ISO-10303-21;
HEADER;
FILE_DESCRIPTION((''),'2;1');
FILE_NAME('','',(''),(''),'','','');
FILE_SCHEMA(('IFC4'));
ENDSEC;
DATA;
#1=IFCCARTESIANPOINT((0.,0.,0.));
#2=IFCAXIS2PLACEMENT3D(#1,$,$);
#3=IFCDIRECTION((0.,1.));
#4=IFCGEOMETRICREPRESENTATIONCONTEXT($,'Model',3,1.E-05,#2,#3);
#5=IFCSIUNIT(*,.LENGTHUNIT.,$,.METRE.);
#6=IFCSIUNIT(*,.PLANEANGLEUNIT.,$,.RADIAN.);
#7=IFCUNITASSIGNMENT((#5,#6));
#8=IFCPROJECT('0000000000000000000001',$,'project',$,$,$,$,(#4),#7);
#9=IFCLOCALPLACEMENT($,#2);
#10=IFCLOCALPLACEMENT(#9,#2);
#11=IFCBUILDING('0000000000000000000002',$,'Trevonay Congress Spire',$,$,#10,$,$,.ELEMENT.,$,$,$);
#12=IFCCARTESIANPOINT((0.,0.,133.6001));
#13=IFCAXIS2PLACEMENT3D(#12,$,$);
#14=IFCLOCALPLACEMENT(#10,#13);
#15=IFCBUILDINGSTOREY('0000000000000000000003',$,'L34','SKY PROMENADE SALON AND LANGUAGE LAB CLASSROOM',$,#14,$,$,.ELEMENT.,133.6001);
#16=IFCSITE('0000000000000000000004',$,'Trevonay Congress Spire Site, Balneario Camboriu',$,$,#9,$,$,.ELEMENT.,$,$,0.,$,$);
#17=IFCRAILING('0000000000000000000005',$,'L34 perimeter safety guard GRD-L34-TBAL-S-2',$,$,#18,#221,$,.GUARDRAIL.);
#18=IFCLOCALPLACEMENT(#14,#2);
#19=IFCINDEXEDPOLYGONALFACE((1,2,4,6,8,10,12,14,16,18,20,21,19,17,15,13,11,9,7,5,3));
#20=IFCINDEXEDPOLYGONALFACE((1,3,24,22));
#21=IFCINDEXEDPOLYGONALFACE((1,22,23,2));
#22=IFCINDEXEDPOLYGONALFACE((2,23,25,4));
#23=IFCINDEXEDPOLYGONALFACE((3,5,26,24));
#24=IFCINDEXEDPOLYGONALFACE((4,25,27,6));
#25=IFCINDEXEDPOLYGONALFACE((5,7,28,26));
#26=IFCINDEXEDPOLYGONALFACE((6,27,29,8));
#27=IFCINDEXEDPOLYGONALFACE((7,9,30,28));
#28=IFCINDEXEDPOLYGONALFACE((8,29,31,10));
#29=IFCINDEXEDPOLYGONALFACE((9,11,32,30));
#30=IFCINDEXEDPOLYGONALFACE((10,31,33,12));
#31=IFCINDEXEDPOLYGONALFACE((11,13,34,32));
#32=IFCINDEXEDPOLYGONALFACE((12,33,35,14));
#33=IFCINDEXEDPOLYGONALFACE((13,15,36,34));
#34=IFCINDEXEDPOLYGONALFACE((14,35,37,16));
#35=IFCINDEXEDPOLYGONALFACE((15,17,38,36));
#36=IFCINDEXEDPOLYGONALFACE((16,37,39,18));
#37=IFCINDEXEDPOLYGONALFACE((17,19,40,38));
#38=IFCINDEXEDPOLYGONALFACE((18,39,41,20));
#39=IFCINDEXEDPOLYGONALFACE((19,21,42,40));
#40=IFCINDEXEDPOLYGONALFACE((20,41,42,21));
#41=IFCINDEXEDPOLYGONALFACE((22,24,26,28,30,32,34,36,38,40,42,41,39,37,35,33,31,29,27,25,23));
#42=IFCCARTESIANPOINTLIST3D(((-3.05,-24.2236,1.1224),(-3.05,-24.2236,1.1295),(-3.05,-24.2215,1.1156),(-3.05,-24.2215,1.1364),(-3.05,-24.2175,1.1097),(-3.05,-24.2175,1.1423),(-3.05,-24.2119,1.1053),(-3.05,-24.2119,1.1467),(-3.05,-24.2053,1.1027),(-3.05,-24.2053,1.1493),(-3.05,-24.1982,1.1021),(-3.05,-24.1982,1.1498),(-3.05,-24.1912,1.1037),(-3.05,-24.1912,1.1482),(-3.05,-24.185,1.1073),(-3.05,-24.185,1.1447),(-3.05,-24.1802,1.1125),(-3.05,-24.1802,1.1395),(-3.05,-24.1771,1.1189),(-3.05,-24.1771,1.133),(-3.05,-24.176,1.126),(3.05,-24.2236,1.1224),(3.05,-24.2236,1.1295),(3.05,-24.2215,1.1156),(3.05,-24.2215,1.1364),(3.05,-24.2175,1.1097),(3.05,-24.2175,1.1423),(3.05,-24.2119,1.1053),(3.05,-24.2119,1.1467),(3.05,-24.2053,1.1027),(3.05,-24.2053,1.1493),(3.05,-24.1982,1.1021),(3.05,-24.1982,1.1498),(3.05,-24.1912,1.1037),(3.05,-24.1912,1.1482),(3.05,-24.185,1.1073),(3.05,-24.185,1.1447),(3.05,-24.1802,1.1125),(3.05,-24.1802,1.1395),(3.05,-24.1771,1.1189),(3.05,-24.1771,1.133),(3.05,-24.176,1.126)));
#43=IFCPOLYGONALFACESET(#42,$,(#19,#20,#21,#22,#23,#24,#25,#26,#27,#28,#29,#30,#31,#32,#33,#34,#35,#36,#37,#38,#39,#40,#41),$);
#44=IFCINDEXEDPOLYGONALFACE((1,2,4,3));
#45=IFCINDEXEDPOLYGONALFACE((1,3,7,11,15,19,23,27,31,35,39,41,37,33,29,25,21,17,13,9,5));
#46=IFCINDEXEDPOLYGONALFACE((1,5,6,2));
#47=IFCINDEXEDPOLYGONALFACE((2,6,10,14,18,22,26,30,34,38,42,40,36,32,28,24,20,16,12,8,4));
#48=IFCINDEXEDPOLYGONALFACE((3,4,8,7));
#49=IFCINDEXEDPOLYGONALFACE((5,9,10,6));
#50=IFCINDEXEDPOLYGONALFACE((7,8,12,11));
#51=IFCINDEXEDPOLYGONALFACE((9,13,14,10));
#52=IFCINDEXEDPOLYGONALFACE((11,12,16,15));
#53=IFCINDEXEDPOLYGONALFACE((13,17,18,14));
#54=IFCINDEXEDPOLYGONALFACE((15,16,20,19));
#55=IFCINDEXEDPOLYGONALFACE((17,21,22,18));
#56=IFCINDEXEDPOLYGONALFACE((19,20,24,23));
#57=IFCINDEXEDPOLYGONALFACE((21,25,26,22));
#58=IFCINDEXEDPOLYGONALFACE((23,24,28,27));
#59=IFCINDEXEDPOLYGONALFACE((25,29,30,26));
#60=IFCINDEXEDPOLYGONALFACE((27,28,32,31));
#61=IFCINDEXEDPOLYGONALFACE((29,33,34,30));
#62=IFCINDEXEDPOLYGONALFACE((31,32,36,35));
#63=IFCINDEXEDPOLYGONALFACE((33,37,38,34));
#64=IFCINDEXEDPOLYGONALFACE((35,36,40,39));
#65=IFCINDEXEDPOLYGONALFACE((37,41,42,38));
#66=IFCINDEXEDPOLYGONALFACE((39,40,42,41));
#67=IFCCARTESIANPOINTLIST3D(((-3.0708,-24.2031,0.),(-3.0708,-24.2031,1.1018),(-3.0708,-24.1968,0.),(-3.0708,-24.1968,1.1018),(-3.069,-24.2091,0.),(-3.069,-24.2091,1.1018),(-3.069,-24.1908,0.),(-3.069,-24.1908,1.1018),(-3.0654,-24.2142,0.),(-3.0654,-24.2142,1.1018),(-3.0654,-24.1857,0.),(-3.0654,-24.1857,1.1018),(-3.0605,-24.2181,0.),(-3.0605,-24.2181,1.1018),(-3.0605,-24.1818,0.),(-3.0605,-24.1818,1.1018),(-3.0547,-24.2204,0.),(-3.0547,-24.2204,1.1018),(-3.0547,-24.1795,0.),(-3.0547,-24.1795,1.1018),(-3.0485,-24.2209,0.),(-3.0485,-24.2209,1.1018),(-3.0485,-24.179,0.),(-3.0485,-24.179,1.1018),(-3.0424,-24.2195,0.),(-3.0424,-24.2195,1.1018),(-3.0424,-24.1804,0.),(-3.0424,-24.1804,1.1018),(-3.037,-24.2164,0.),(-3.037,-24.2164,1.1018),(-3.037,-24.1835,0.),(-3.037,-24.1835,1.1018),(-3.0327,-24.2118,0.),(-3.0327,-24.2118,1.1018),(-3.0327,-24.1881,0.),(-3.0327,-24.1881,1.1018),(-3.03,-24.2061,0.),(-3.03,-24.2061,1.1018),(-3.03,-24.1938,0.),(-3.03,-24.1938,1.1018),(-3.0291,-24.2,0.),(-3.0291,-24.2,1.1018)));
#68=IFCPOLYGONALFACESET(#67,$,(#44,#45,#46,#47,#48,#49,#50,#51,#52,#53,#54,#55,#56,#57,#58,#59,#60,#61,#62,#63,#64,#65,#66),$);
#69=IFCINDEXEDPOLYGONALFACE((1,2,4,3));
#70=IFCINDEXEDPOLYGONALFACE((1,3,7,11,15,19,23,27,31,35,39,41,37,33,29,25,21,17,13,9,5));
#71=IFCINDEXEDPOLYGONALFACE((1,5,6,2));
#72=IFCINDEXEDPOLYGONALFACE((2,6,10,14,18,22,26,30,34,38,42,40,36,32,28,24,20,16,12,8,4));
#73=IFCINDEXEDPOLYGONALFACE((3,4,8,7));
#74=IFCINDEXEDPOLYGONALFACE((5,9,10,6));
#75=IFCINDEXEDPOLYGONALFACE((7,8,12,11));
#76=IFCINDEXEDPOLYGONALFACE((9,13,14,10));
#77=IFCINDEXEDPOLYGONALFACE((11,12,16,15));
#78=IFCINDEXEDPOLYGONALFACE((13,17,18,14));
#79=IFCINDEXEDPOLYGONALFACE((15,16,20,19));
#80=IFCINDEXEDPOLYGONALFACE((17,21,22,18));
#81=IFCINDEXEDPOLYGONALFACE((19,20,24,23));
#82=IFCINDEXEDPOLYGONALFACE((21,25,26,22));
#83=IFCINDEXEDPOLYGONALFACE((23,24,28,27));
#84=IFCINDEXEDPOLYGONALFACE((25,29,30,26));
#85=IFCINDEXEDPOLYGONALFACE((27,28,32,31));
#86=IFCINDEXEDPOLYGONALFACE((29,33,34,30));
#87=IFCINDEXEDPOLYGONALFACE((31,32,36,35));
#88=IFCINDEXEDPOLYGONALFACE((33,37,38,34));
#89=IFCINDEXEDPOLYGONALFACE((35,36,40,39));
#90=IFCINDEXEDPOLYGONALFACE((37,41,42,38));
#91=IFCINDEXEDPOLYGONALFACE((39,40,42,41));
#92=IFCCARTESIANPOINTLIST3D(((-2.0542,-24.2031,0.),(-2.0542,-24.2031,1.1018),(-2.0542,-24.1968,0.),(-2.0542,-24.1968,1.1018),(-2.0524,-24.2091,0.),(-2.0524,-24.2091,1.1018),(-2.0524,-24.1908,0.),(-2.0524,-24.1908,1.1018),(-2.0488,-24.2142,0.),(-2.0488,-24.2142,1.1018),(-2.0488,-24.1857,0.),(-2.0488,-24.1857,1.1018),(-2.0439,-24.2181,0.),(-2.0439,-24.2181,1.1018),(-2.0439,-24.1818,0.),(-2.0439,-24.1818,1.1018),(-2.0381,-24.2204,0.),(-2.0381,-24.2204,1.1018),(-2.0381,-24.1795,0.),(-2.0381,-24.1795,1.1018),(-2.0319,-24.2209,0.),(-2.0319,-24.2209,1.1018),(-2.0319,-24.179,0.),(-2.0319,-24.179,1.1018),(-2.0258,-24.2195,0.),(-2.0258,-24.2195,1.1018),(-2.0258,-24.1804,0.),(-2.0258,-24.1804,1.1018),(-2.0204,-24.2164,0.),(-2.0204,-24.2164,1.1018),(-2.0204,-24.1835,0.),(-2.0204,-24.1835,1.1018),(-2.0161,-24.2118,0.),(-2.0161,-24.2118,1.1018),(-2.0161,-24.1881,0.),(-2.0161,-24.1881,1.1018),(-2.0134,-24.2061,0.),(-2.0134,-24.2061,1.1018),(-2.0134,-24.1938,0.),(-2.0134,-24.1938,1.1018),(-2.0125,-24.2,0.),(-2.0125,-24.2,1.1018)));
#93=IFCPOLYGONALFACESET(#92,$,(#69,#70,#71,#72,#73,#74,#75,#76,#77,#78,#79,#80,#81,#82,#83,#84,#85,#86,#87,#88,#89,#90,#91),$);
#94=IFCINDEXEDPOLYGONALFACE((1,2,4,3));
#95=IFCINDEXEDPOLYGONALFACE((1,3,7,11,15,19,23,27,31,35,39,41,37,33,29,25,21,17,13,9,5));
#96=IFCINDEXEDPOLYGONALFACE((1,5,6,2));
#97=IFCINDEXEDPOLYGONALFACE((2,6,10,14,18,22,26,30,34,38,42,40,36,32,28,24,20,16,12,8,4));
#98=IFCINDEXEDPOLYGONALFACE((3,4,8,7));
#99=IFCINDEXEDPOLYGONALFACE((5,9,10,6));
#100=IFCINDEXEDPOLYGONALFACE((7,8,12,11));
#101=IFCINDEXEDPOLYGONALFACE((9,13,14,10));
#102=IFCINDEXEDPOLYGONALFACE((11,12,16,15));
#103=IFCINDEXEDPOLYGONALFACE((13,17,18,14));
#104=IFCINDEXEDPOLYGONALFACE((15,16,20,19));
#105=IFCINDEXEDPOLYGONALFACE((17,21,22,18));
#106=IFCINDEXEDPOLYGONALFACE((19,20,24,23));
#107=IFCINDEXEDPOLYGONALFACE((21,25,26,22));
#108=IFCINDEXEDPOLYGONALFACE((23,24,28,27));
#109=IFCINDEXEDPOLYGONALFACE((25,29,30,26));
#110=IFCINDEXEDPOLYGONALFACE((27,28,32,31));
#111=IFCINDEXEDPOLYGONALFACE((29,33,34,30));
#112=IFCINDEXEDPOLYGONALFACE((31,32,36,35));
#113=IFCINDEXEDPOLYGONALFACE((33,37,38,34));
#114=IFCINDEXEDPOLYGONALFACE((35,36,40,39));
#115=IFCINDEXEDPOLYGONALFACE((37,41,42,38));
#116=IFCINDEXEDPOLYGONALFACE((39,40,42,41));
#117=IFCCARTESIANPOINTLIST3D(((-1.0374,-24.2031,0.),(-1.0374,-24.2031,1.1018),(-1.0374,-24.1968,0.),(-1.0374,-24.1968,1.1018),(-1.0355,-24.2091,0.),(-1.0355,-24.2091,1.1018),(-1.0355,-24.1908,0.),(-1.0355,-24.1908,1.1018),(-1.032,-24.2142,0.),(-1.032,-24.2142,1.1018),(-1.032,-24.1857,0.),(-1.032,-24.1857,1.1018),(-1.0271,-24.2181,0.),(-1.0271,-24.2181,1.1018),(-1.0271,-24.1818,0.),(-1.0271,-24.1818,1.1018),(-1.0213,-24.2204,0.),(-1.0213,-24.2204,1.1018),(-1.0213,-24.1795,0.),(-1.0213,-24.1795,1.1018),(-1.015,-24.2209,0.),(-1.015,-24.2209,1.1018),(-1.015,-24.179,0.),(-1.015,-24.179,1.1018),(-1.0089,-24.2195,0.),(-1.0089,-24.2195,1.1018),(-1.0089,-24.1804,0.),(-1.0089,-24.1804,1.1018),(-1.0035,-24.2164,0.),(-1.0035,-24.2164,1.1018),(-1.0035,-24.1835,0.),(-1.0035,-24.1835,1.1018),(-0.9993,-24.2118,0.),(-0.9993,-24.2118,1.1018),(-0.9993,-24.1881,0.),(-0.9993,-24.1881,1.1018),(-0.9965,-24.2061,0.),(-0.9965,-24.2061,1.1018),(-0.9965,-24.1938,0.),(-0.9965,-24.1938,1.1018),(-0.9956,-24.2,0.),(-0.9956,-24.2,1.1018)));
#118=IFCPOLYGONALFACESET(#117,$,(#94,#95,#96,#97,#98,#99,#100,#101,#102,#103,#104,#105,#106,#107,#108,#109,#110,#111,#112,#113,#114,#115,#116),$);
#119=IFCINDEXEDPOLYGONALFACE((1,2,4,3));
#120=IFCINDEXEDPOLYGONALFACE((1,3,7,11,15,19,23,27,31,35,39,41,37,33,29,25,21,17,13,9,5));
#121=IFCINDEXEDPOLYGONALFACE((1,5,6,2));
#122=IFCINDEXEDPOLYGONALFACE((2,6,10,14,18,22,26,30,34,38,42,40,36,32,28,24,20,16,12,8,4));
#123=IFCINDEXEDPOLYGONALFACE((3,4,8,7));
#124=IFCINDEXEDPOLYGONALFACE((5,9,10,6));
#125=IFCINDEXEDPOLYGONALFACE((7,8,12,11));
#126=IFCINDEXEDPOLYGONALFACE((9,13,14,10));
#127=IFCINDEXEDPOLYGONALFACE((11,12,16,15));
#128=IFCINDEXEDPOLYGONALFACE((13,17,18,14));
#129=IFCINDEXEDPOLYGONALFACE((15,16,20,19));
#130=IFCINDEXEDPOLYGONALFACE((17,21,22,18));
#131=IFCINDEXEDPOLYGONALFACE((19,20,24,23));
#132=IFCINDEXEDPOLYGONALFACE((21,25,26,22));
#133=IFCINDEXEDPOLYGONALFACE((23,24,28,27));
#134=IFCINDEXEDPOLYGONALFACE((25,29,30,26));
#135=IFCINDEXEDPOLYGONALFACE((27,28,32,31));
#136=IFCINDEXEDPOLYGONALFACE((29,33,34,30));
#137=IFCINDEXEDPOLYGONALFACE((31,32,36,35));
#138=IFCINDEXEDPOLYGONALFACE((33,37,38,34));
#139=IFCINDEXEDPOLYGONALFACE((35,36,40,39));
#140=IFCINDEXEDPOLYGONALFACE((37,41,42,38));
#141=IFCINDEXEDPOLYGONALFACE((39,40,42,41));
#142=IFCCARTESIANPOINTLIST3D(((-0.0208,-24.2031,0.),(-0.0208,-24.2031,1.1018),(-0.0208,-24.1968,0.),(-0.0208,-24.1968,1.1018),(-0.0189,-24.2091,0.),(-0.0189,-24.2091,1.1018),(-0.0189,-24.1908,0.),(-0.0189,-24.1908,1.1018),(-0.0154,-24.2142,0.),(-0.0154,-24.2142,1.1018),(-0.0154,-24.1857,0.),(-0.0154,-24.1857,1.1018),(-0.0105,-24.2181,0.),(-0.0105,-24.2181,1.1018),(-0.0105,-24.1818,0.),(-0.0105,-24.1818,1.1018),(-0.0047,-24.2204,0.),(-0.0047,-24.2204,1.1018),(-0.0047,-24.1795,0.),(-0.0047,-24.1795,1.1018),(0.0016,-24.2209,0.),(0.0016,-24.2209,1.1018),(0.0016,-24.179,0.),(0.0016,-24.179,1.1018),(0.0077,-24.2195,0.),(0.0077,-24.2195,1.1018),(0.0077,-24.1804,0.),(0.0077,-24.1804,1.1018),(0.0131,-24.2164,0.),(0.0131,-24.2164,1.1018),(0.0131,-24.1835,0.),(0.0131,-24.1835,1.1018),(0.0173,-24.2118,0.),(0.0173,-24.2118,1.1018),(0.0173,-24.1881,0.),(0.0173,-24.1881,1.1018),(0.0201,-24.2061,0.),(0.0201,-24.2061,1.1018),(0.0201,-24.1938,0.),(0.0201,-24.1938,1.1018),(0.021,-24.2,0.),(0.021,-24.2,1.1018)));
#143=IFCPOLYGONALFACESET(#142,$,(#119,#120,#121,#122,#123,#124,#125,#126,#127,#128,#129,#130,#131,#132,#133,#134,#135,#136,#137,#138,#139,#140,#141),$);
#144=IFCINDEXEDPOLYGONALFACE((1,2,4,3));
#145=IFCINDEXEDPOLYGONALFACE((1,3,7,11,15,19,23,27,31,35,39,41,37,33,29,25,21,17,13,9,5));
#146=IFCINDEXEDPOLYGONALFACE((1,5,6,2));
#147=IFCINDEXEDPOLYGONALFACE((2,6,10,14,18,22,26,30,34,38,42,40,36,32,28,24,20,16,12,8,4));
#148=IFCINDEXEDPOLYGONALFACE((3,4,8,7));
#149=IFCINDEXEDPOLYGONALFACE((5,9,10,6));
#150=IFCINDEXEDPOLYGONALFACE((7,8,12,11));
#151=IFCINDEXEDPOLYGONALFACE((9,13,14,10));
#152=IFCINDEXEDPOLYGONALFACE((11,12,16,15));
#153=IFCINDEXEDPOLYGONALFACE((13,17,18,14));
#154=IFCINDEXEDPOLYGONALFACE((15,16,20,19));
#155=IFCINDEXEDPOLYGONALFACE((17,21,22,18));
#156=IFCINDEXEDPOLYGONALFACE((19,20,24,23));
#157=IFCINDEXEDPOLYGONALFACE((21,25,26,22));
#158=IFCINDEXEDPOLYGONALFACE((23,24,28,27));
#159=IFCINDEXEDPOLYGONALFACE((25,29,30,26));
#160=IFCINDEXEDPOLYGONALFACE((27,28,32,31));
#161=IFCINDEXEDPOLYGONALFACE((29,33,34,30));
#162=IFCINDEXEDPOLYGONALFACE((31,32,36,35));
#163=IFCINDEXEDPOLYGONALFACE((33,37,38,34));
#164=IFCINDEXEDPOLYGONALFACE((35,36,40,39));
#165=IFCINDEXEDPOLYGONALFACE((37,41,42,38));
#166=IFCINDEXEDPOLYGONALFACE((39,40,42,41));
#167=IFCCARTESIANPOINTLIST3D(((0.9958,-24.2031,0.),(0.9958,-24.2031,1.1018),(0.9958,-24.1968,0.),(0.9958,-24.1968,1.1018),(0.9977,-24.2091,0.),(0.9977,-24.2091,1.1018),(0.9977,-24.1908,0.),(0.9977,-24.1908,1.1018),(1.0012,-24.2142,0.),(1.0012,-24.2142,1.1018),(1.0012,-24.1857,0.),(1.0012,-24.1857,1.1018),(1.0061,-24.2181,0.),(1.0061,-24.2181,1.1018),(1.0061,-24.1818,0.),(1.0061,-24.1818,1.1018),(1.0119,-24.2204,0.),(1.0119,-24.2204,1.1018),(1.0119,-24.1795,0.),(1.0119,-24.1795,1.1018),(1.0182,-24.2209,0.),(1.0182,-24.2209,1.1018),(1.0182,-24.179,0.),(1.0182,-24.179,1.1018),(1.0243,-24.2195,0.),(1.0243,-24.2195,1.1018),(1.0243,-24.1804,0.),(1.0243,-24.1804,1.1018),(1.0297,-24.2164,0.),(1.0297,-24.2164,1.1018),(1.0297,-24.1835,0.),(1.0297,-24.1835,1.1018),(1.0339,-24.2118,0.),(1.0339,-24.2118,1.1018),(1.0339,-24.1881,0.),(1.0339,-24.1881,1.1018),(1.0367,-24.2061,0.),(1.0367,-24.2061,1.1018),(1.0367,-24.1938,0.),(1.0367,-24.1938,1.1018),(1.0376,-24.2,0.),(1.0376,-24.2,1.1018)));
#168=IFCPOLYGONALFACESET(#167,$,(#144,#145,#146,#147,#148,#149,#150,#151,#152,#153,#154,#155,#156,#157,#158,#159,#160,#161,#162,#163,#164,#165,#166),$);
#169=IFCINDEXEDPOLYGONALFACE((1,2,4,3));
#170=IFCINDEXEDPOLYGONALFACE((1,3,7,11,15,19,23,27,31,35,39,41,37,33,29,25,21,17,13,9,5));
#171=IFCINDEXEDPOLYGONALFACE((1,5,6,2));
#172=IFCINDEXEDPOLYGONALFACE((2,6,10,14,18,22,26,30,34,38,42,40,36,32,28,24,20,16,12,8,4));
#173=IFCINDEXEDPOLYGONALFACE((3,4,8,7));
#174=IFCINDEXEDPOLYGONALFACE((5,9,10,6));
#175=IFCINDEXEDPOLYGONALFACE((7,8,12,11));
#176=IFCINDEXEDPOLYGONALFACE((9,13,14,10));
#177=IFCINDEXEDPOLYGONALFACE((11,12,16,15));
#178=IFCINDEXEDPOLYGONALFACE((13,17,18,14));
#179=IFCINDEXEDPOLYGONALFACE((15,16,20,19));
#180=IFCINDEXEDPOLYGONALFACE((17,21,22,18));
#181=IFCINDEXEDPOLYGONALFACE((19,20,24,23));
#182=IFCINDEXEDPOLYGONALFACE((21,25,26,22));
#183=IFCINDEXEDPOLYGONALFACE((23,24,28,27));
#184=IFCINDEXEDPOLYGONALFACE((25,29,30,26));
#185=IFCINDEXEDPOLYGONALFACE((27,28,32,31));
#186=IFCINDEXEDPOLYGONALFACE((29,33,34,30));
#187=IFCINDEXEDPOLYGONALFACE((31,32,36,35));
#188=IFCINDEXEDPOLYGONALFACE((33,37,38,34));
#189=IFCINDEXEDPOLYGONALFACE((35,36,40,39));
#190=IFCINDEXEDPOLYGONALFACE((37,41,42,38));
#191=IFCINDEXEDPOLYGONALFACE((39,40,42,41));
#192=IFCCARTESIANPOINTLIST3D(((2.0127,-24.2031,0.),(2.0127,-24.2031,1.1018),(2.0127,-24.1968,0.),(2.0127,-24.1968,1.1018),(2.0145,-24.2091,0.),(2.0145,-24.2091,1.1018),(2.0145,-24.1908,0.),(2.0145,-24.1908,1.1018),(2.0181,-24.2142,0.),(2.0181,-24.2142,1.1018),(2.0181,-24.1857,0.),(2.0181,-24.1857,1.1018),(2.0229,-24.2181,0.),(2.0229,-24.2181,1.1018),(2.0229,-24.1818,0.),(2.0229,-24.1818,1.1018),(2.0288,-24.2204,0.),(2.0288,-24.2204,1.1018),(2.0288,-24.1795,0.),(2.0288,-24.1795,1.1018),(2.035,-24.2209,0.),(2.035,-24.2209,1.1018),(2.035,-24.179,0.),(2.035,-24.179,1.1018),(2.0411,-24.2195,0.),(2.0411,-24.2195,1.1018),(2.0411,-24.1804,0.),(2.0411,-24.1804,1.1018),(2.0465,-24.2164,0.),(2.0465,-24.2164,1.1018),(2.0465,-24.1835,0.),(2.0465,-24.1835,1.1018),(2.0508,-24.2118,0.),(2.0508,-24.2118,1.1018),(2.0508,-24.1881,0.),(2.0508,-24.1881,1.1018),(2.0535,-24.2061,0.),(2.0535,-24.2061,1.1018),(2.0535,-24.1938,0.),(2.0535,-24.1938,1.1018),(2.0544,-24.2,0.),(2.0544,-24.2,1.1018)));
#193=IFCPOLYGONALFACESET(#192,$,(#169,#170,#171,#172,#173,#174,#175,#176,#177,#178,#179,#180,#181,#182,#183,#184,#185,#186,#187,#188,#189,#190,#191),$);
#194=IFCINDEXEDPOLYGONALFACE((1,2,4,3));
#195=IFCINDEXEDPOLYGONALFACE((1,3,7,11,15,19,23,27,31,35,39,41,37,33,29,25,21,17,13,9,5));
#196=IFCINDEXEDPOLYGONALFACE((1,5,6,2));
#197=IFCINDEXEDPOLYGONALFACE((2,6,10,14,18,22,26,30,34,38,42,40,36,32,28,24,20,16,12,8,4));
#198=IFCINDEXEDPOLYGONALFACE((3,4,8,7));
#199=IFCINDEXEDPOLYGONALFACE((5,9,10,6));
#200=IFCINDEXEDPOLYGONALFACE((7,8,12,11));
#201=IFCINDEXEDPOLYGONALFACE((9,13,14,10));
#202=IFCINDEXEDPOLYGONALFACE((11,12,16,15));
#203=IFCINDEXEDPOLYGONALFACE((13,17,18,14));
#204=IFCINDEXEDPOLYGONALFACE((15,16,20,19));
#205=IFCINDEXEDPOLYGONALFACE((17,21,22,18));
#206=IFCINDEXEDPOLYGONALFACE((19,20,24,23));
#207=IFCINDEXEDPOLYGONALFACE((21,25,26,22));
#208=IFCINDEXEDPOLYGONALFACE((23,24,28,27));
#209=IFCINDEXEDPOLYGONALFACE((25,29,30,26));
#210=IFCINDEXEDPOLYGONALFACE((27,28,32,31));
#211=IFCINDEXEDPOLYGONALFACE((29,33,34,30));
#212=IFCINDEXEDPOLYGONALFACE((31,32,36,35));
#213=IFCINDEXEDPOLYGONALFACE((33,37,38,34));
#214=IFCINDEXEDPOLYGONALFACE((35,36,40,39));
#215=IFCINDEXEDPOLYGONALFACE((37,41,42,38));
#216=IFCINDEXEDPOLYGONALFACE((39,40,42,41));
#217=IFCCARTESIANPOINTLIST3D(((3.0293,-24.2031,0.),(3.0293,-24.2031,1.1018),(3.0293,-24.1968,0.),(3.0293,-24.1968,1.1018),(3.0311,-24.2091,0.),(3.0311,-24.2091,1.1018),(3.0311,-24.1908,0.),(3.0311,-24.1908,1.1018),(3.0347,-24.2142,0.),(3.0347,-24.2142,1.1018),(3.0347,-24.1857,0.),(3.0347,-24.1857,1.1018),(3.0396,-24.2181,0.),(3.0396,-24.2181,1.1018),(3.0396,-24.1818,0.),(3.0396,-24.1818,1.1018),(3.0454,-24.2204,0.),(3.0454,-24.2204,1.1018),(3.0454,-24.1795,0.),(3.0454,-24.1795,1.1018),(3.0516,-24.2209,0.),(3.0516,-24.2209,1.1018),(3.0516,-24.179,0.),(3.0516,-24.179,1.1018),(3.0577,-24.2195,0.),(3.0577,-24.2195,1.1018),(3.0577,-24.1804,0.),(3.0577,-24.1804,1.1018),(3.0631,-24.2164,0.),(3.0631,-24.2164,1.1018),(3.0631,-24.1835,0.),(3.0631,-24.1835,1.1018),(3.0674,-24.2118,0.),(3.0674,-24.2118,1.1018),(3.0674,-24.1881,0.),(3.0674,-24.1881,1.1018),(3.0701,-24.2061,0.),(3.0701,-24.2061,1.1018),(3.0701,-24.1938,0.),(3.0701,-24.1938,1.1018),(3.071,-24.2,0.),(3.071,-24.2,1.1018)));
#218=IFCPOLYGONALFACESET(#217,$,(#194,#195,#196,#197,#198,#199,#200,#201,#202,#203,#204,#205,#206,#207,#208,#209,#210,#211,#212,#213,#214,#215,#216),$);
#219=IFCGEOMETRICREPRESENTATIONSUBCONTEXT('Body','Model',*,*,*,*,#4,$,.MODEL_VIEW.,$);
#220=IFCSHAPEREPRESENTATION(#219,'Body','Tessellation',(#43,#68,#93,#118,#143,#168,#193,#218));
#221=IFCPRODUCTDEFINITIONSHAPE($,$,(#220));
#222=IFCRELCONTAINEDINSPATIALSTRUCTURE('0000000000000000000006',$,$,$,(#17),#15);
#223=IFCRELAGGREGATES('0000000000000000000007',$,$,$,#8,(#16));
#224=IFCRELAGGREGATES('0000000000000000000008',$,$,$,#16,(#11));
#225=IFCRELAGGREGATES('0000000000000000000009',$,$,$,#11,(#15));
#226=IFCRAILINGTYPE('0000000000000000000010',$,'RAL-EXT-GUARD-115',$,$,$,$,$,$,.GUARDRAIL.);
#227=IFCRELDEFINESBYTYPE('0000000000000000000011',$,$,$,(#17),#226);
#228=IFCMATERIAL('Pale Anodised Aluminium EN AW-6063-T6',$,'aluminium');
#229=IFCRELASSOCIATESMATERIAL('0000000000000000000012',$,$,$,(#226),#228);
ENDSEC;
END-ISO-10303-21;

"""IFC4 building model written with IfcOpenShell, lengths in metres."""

from ifc_helpers import new_model, si_unit, direction, frame, origin, origin_2d, place, context, subcontext, project, spatial, circle, extrude, material, type_object, element, save


model = new_model("IFC4")

# Units and contexts
model_context = context("Model", 3, precision=1e-05, world=origin(), true_north=direction((0.0, 1.0)))
body_context = subcontext(model_context, "Body", "Model", "MODEL_VIEW")
ifc_project = project(units=[si_unit("LENGTHUNIT", "METRE"), si_unit("PLANEANGLEUNIT", "RADIAN")], contexts=[model_context])

# Site, building, storey
site_placement = place(None, origin())
site = spatial("IfcSite", under=ifc_project, at=site_placement, Name="Trevonay Congress Spire Site, Balneario Camboriu", CompositionType="ELEMENT", RefElevation=0.0)
building_placement = place(site_placement, origin())
building = spatial("IfcBuilding", under=site, at=building_placement, Name="Trevonay Congress Spire", CompositionType="ELEMENT")
storey_placement = place(building_placement, frame((0.0, 0.0, 133.6001)))
storey = spatial("IfcBuildingStorey", under=building, at=storey_placement, Name="L34", Description="SKY PROMENADE SALON AND LANGUAGE LAB CLASSROOM", CompositionType="ELEMENT", Elevation=133.6001)

# Shared definitions
ifc_material_1 = material(Name="Pale Anodised Aluminium EN AW-6063-T6", Category="aluminium")

# Railing
railing_type = type_object("IfcRailingType", Name="RAL-EXT-GUARD-115", PredefinedType="GUARDRAIL", material=ifc_material_1)
railing_1_placement = place(storey_placement, frame((-3.05, -24.2, 0.0)))
element("IfcRailing", 1, at=railing_1_placement, inside=storey, type_object=railing_type, Name="L34 perimeter safety guard GRD-L34-TBAL-S-2", PredefinedType="GUARDRAIL", context=body_context, shape_type="SweptSolid", body=[
    extrude(circle(Radius=0.0239, at=origin_2d()), frame((0.0, 0.0, 1.126), z_axis=(1.0, 0.0, 0.0), x_axis=(0.0, 1.0, 0.0)), (0.0, 0.0, 1.0), 6.1001),
    extrude(circle(Radius=0.021, at=origin_2d()), origin(), (0.0, 0.0, 1.0), 1.1018),
    extrude(circle(Radius=0.021, at=origin_2d()), frame((1.0166, 0.0, 0.0)), (0.0, 0.0, 1.0), 1.1018),
    extrude(circle(Radius=0.021, at=origin_2d()), frame((2.0334, 0.0, 0.0)), (0.0, 0.0, 1.0), 1.1018),
    extrude(circle(Radius=0.021, at=origin_2d()), frame((3.05, 0.0, 0.0)), (0.0, 0.0, 1.0), 1.1018),
    extrude(circle(Radius=0.021, at=origin_2d()), frame((4.0667, 0.0, 0.0)), (0.0, 0.0, 1.0), 1.1018),
    extrude(circle(Radius=0.021, at=origin_2d()), frame((5.0835, 0.0, 0.0)), (0.0, 0.0, 1.0), 1.1018),
    extrude(circle(Radius=0.021, at=origin_2d()), frame((6.1001, 0.0, 0.0)), (0.0, 0.0, 1.0), 1.1018),
])

save(model, "model.ifc")
